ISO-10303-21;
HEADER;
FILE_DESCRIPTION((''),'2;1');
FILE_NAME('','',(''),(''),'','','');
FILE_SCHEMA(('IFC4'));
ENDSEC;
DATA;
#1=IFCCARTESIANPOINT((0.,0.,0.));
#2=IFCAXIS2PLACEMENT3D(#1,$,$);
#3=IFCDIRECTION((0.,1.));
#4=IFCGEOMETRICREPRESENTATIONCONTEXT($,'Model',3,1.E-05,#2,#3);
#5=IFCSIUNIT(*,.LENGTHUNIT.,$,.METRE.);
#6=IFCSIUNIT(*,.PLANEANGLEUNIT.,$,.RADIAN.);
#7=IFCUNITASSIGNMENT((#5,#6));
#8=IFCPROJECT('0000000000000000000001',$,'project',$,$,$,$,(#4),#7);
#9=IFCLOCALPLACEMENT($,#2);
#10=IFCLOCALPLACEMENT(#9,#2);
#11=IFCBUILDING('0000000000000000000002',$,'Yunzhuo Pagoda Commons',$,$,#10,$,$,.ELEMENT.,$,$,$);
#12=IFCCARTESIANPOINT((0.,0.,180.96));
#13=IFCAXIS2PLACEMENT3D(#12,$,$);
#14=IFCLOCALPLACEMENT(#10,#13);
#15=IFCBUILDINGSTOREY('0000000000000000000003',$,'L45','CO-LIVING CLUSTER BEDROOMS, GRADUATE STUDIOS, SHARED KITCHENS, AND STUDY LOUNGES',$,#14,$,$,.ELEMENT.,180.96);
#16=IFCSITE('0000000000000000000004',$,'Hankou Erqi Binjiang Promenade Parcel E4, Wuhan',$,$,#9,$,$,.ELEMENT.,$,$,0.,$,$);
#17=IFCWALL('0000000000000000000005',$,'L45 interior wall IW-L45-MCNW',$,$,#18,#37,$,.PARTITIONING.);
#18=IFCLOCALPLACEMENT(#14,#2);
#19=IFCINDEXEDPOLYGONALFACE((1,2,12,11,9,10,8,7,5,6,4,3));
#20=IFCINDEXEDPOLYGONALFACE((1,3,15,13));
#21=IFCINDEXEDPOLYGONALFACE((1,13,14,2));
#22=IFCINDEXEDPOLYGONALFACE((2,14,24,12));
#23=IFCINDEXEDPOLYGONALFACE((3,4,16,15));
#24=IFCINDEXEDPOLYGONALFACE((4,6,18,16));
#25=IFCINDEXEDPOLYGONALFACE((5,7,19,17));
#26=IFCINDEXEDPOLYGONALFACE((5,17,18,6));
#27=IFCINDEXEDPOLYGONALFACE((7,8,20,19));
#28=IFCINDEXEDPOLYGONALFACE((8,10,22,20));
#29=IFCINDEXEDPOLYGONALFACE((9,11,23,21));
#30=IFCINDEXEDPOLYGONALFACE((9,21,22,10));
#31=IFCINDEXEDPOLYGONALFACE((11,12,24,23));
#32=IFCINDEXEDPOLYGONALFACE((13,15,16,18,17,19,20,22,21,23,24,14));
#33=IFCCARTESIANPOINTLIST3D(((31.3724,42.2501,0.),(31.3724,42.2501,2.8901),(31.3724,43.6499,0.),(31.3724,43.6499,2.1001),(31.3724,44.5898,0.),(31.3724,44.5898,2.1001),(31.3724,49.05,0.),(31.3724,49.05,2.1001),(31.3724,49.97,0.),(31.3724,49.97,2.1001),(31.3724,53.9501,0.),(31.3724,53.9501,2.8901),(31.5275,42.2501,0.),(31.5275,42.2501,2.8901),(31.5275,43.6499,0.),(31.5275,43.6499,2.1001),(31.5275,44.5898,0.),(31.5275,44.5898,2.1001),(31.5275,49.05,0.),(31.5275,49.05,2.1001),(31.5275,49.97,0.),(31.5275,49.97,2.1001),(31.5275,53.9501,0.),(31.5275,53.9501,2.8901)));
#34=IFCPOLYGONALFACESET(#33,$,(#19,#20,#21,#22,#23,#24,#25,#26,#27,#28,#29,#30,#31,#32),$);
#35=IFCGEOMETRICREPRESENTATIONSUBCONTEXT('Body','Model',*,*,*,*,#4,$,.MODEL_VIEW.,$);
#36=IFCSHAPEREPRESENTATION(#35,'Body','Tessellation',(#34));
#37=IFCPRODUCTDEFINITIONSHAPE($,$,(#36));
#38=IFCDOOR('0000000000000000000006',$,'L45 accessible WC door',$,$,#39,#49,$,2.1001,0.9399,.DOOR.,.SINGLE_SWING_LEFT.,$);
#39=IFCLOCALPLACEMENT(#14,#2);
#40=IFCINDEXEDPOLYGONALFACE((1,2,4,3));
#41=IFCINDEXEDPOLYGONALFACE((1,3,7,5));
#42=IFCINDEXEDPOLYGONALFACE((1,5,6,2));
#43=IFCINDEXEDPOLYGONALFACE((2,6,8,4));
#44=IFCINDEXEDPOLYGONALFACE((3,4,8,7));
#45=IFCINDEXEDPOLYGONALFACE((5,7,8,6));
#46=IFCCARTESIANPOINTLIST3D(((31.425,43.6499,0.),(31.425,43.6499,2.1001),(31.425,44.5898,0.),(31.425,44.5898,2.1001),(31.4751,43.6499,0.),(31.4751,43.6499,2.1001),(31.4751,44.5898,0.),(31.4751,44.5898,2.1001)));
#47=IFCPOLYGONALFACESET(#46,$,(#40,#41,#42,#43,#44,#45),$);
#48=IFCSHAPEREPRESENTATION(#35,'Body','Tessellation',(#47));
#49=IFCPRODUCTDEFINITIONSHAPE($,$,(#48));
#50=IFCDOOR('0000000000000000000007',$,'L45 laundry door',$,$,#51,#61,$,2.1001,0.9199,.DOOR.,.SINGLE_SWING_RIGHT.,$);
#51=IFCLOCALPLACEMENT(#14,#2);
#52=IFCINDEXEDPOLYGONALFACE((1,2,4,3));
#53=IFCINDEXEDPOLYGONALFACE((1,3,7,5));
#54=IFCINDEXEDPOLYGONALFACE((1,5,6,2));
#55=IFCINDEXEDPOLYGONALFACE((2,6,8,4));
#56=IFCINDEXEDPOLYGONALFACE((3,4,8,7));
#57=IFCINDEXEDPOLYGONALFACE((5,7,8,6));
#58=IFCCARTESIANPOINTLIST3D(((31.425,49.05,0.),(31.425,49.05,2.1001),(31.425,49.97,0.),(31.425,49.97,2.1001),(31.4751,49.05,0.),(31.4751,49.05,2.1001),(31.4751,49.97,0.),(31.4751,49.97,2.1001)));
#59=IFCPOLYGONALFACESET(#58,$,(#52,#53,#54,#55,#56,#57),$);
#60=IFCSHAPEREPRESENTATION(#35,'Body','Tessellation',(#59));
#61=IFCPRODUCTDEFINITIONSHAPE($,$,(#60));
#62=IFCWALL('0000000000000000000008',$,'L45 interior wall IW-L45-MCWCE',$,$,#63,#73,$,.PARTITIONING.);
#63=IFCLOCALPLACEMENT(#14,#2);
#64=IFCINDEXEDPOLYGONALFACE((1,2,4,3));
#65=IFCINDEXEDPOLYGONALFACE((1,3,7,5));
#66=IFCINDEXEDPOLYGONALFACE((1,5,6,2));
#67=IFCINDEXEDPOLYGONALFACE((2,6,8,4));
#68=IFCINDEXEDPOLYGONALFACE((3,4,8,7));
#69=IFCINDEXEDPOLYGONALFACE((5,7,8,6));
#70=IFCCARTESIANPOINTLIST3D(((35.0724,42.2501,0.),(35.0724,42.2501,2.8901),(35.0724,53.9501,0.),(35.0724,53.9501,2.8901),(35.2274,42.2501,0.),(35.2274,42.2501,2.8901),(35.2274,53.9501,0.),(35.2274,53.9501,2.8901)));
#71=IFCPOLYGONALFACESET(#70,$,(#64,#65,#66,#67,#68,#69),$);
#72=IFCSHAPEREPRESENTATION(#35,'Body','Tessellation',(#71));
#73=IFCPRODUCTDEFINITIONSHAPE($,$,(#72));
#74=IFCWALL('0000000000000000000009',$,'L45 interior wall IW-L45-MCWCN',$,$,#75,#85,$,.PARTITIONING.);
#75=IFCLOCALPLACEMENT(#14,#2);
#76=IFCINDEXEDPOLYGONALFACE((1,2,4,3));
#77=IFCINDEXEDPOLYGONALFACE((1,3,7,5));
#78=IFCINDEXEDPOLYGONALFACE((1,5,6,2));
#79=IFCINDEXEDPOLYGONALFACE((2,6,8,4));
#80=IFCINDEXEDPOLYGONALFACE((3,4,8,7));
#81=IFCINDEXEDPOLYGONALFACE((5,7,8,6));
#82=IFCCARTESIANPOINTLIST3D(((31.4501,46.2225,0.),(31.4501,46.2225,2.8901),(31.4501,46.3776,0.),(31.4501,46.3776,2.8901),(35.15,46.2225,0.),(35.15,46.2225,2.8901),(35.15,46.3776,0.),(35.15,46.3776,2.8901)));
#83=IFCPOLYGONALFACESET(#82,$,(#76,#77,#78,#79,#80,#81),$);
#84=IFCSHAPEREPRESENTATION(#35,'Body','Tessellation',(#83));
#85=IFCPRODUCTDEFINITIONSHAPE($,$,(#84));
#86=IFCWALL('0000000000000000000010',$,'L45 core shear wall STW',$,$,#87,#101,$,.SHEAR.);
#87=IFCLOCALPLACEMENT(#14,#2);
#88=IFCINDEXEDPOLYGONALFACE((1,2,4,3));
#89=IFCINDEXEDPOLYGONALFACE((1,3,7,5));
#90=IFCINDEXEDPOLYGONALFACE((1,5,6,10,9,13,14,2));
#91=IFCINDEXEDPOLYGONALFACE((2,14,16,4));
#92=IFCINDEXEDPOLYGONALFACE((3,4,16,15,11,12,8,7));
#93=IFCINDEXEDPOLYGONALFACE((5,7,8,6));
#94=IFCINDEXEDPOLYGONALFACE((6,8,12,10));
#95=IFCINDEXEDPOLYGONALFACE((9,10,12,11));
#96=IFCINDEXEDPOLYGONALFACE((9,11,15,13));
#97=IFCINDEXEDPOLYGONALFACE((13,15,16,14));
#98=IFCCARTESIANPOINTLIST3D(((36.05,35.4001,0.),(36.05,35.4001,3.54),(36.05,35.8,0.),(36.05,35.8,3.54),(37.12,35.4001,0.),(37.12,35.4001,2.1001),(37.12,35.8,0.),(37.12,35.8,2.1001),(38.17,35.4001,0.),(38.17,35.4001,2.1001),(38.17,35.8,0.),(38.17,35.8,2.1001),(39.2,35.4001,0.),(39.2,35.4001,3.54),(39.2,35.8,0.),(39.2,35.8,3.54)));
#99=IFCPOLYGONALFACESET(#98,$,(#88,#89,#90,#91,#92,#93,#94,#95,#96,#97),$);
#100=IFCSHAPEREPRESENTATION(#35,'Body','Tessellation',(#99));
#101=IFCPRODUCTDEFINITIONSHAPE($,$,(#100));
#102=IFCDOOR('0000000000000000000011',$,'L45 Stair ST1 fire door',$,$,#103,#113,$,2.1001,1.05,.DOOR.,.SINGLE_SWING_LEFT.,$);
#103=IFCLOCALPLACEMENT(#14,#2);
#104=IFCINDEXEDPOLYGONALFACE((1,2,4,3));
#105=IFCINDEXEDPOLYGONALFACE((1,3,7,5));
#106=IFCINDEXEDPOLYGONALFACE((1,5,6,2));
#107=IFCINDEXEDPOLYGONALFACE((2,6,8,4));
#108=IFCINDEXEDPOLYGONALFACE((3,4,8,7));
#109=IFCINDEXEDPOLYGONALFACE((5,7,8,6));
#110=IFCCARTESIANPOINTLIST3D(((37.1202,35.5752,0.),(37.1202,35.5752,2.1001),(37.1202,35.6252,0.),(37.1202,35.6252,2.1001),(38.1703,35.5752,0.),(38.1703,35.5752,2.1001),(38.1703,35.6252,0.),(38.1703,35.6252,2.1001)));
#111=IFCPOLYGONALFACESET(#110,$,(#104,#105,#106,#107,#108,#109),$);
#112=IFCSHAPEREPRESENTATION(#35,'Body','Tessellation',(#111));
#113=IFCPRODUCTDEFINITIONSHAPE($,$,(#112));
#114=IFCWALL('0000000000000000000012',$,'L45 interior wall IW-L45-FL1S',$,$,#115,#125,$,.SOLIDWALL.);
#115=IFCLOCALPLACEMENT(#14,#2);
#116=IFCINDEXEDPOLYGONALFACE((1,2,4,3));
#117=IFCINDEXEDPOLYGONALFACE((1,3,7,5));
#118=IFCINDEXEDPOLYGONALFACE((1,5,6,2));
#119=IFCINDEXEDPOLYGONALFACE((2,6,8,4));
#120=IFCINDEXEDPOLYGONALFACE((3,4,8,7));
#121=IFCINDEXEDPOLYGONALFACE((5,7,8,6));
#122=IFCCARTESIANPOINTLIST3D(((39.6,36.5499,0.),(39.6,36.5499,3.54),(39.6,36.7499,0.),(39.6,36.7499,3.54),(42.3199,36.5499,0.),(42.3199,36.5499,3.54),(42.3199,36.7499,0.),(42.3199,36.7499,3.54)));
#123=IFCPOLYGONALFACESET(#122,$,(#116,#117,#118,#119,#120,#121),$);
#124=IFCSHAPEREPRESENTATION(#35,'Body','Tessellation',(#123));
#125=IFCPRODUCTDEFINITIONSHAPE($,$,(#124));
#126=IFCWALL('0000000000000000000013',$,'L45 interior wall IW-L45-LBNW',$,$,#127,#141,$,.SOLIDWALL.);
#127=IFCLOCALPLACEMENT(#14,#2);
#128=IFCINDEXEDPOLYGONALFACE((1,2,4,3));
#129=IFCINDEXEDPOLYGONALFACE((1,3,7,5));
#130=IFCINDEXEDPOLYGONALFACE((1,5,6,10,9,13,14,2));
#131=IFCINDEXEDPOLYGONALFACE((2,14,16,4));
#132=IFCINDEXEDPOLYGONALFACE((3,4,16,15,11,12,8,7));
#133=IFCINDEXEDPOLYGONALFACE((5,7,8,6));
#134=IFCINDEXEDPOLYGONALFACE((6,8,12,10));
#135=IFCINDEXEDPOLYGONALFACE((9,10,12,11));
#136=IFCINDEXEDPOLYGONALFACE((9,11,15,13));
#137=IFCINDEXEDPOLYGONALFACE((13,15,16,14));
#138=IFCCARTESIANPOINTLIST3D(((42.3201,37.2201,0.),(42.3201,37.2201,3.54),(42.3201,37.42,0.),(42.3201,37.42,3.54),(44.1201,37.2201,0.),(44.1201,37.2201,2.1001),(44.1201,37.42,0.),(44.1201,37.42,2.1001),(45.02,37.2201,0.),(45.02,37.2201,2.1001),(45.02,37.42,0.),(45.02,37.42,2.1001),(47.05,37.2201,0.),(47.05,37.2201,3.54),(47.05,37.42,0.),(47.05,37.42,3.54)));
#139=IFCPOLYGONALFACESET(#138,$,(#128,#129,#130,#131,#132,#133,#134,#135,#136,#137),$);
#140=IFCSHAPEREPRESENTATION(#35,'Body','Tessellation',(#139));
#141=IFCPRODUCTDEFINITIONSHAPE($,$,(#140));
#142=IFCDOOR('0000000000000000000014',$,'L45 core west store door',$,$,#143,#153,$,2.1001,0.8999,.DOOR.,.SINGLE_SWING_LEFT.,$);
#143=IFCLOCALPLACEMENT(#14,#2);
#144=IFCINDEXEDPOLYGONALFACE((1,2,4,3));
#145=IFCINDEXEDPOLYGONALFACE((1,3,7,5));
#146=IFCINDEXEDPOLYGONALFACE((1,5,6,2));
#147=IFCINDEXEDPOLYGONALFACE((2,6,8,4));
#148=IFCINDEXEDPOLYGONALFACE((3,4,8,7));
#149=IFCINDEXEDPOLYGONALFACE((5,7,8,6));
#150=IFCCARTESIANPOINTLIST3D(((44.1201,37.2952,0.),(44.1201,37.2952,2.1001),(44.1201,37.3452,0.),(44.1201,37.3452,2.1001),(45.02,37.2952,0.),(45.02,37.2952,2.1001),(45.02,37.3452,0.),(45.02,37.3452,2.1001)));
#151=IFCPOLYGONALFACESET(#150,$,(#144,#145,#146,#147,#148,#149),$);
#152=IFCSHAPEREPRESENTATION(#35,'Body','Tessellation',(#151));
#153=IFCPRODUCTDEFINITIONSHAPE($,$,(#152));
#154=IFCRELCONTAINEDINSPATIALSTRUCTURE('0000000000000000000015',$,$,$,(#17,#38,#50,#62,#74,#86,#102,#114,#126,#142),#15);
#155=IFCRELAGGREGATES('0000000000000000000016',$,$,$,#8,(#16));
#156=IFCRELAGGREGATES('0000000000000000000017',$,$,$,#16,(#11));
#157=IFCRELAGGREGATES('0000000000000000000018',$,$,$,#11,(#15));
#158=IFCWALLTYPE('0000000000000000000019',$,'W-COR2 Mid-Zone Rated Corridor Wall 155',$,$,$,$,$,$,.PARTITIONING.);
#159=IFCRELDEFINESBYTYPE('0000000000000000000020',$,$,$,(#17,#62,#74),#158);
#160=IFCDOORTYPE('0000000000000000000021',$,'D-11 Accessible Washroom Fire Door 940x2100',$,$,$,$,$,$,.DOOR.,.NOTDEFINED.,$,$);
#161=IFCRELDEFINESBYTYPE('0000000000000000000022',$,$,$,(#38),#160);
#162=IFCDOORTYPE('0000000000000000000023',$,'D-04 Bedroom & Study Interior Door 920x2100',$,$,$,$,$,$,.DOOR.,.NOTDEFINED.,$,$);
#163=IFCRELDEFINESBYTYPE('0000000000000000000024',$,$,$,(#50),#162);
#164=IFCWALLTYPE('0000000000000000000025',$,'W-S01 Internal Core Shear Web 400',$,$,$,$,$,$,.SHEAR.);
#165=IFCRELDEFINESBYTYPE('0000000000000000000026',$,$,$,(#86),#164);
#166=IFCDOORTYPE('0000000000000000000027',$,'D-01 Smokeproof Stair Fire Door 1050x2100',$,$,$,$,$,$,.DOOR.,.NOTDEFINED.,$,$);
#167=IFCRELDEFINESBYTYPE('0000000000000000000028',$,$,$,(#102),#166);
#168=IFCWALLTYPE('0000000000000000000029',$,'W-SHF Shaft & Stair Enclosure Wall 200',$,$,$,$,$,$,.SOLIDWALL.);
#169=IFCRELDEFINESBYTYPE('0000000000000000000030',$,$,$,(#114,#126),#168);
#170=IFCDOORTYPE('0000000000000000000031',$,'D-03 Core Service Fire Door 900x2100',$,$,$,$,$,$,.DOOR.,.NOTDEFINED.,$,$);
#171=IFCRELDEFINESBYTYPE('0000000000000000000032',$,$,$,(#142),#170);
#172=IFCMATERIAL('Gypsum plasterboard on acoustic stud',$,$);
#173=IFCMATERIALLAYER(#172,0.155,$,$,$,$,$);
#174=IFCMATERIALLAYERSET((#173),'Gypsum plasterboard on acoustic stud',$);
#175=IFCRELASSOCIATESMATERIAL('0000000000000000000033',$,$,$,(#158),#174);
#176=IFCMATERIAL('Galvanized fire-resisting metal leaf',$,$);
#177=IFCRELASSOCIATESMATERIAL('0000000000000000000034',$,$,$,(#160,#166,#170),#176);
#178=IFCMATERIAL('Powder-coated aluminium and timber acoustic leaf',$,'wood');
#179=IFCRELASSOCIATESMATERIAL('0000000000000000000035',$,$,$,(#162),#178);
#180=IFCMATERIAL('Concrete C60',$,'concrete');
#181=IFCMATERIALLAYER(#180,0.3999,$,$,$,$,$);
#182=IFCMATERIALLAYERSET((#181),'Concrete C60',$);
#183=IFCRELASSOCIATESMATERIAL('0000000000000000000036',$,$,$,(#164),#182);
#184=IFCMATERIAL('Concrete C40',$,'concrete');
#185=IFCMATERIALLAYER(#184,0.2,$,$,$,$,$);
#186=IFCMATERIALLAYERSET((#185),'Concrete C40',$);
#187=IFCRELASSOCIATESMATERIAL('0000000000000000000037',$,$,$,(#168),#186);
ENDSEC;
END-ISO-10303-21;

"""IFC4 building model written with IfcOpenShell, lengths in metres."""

from ifc_helpers import new_model, si_unit, direction, frame, frame_2d, origin, origin_with_axes, place, context, subcontext, project, spatial, rectangle, extrude, source, transform, mapped, material, layer, layer_set, type_object, element, fill, save


model = new_model("IFC4")

# Units and contexts
model_context = context("Model", 3, precision=1e-05, world=origin(), true_north=direction((0.0, 1.0)))
body_context = subcontext(model_context, "Body", "Model", "MODEL_VIEW")
ifc_project = project(units=[si_unit("LENGTHUNIT", "METRE"), si_unit("PLANEANGLEUNIT", "RADIAN")], contexts=[model_context])

# Site, building, storey
site_placement = place(None, origin())
site = spatial("IfcSite", under=ifc_project, at=site_placement, Name="Hankou Erqi Binjiang Promenade Parcel E4, Wuhan", CompositionType="ELEMENT", RefElevation=0.0)
building_placement = place(site_placement, origin())
building = spatial("IfcBuilding", under=site, at=building_placement, Name="Yunzhuo Pagoda Commons", CompositionType="ELEMENT")
storey_placement = place(building_placement, frame((0.0, 0.0, 180.96)))
storey = spatial("IfcBuildingStorey", under=building, at=storey_placement, Name="L45", Description="CO-LIVING CLUSTER BEDROOMS, GRADUATE STUDIOS, SHARED KITCHENS, AND STUDY LOUNGES", CompositionType="ELEMENT", Elevation=180.96)

# Shared definitions
ifc_material_1 = material(Name="Galvanized fire-resisting metal leaf")
shared_shape_1 = source(origin(), body_context, "Body", "SweptSolid", [
    extrude(rectangle(XDim=1.05, YDim=2.1001, at=frame_2d((0.5249, 1.05))), frame((0.0, 0.0249, 0.0), z_axis=(0.0, -1.0, 0.0), x_axis=(1.0, 0.0, 0.0)), (0.0, 0.0, 1.0), 0.05),
])

# Wall, openings, doors
ifc_material_2 = material(Name="Gypsum plasterboard on acoustic stud")
ifc_layer_1 = layer(ifc_material_2, 0.155)
ifc_layer_set_1 = layer_set([ifc_layer_1], Name="Gypsum plasterboard on acoustic stud")
wall_type_1 = type_object("IfcWallType", Name="W-COR2 Mid-Zone Rated Corridor Wall 155", PredefinedType="PARTITIONING", material=ifc_layer_set_1)
wall_1_placement = place(storey_placement, frame((31.45, 42.25, 0.0), z_axis=(0.0, 0.0, 1.0), x_axis=(0.0, 1.0, 0.0)))
wall_1 = element("IfcWall", 1, at=wall_1_placement, inside=storey, type_object=wall_type_1, Name="L45 interior wall IW-L45-MCNW", PredefinedType="PARTITIONING", context=body_context, shape_type="SweptSolid", body=[
    extrude(rectangle(XDim=11.7, YDim=0.155, at=frame_2d((5.8501, 0.0))), origin(), (0.0, 0.0, 1.0), 2.8901),
])
opening_1_placement = place(wall_1_placement, frame((1.3999, 0.0, 0.0)))
opening_1 = element("IfcOpeningElement", 2, at=opening_1_placement, cuts=wall_1, PredefinedType="OPENING", context=body_context, shape_type="SweptSolid", body=[
    extrude(rectangle(XDim=0.9399, YDim=2.1001, at=frame_2d((0.47, 1.05))), frame((0.0, 0.0874, 0.0), z_axis=(0.0, -1.0, 0.0), x_axis=(1.0, 0.0, 0.0)), (0.0, 0.0, 1.0), 0.175),
])
opening_2_placement = place(wall_1_placement, frame((6.8, 0.0, 0.0)))
opening_2 = element("IfcOpeningElement", 3, at=opening_2_placement, cuts=wall_1, PredefinedType="OPENING", context=body_context, shape_type="SweptSolid", body=[
    extrude(rectangle(XDim=0.9199, YDim=2.1001, at=frame_2d((0.46, 1.05))), frame((0.0, 0.0874, 0.0), z_axis=(0.0, -1.0, 0.0), x_axis=(1.0, 0.0, 0.0)), (0.0, 0.0, 1.0), 0.175),
])
door_type_1 = type_object("IfcDoorType", Name="D-11 Accessible Washroom Fire Door 940x2100", OperationType="NOTDEFINED", PredefinedType="DOOR", material=ifc_material_1)
shared_shape_2 = source(origin(), body_context, "Body", "SweptSolid", [
    extrude(rectangle(XDim=0.9399, YDim=2.1001, at=frame_2d((0.47, 1.05))), frame((0.0, 0.0249, 0.0), z_axis=(0.0, -1.0, 0.0), x_axis=(1.0, 0.0, 0.0)), (0.0, 0.0, 1.0), 0.05),
])
door_1_placement = place(opening_1_placement, origin_with_axes())
door_1 = element("IfcDoor", 4, at=door_1_placement, inside=storey, type_object=door_type_1, Name="L45 accessible WC door", OperationType="SINGLE_SWING_LEFT", OverallHeight=2.1001, OverallWidth=0.9399, PredefinedType="DOOR", context=body_context, shape_type="MappedRepresentation", body=[
    mapped(shared_shape_2, transform((0.0, 0.0, 0.0), scale=1.0)),
])
fill(opening_1, door_1)
ifc_material_3 = material(Name="Powder-coated aluminium and timber acoustic leaf", Category="wood")
door_type_2 = type_object("IfcDoorType", Name="D-04 Bedroom & Study Interior Door 920x2100", OperationType="NOTDEFINED", PredefinedType="DOOR", material=ifc_material_3)
shared_shape_3 = source(origin(), body_context, "Body", "SweptSolid", [
    extrude(rectangle(XDim=0.9199, YDim=2.1001, at=frame_2d((0.46, 1.05))), frame((0.0, 0.0249, 0.0), z_axis=(0.0, -1.0, 0.0), x_axis=(1.0, 0.0, 0.0)), (0.0, 0.0, 1.0), 0.05),
])
door_2_placement = place(opening_2_placement, origin_with_axes())
door_2 = element("IfcDoor", 5, at=door_2_placement, inside=storey, type_object=door_type_2, Name="L45 laundry door", OperationType="SINGLE_SWING_RIGHT", OverallHeight=2.1001, OverallWidth=0.9199, PredefinedType="DOOR", context=body_context, shape_type="MappedRepresentation", body=[
    mapped(shared_shape_3, transform((0.0, 0.0, 0.0), scale=1.0)),
])
fill(opening_2, door_2)

# Walls
wall_2_placement = place(storey_placement, frame((35.1499, 42.25, 0.0), z_axis=(0.0, 0.0, 1.0), x_axis=(0.0, 1.0, 0.0)))
element("IfcWall", 6, at=wall_2_placement, inside=storey, type_object=wall_type_1, Name="L45 interior wall IW-L45-MCWCE", PredefinedType="PARTITIONING", context=body_context, shape_type="SweptSolid", body=[
    extrude(rectangle(XDim=11.7, YDim=0.155, at=frame_2d((5.8501, 0.0))), origin(), (0.0, 0.0, 1.0), 2.8901),
])
wall_3_placement = place(storey_placement, frame((31.45, 46.3, 0.0), z_axis=(0.0, 0.0, 1.0), x_axis=(1.0, 0.0, 0.0)))
element("IfcWall", 7, at=wall_3_placement, inside=storey, type_object=wall_type_1, Name="L45 interior wall IW-L45-MCWCN", PredefinedType="PARTITIONING", context=body_context, shape_type="SweptSolid", body=[
    extrude(rectangle(XDim=3.7, YDim=0.155, at=frame_2d((1.8501, 0.0))), origin(), (0.0, 0.0, 1.0), 2.8901),
])

# Wall, opening, door
ifc_material_4 = material(Name="Concrete C60", Category="concrete")
ifc_layer_2 = layer(ifc_material_4, 0.3999)
ifc_layer_set_2 = layer_set([ifc_layer_2], Name="Concrete C60")
wall_type_2 = type_object("IfcWallType", Name="W-S01 Internal Core Shear Web 400", PredefinedType="SHEAR", material=ifc_layer_set_2)
wall_4_placement = place(storey_placement, frame((36.05, 35.6001, 0.0), z_axis=(0.0, 0.0, 1.0), x_axis=(1.0, 0.0, 0.0)))
wall_4 = element("IfcWall", 8, at=wall_4_placement, inside=storey, type_object=wall_type_2, Name="L45 core shear wall STW", PredefinedType="SHEAR", context=body_context, shape_type="SweptSolid", body=[
    extrude(rectangle(XDim=3.1499, YDim=0.3999, at=frame_2d((1.575, 0.0))), origin(), (0.0, 0.0, 1.0), 3.54),
])
opening_3_placement = place(wall_4_placement, frame((1.0701, 0.0, 0.0)))
opening_3 = element("IfcOpeningElement", 9, at=opening_3_placement, cuts=wall_4, PredefinedType="OPENING", context=body_context, shape_type="SweptSolid", body=[
    extrude(rectangle(XDim=1.05, YDim=2.1001, at=frame_2d((0.5249, 1.05))), frame((0.0, 0.21, 0.0), z_axis=(0.0, -1.0, 0.0), x_axis=(1.0, 0.0, 0.0)), (0.0, 0.0, 1.0), 0.4199),
])
door_type_3 = type_object("IfcDoorType", Name="D-01 Smokeproof Stair Fire Door 1050x2100", OperationType="NOTDEFINED", PredefinedType="DOOR", material=ifc_material_1)
door_3_placement = place(opening_3_placement, frame((1.05, 0.0, 0.0), z_axis=(0.0, 0.0, 1.0), x_axis=(-1.0, 0.0, 0.0)))
door_3 = element("IfcDoor", 10, at=door_3_placement, inside=storey, type_object=door_type_3, Name="L45 Stair ST1 fire door", OperationType="SINGLE_SWING_LEFT", OverallHeight=2.1001, OverallWidth=1.05, PredefinedType="DOOR", context=body_context, shape_type="MappedRepresentation", body=[
    mapped(shared_shape_1, transform((0.0, 0.0, 0.0), scale=1.0)),
])
fill(opening_3, door_3)

# Wall
ifc_material_5 = material(Name="Concrete C40", Category="concrete")
ifc_layer_3 = layer(ifc_material_5, 0.2)
ifc_layer_set_3 = layer_set([ifc_layer_3], Name="Concrete C40")
wall_type_3 = type_object("IfcWallType", Name="W-SHF Shaft & Stair Enclosure Wall 200", PredefinedType="SOLIDWALL", material=ifc_layer_set_3)
wall_5_placement = place(storey_placement, frame((39.6001, 36.6499, 0.0), z_axis=(0.0, 0.0, 1.0), x_axis=(1.0, 0.0, 0.0)))
element("IfcWall", 11, at=wall_5_placement, inside=storey, type_object=wall_type_3, Name="L45 interior wall IW-L45-FL1S", PredefinedType="SOLIDWALL", context=body_context, shape_type="SweptSolid", body=[
    extrude(rectangle(XDim=2.72, YDim=0.2, at=frame_2d((1.3599, 0.0))), origin(), (0.0, 0.0, 1.0), 3.54),
])

# Wall, opening, door
wall_6_placement = place(storey_placement, frame((42.3201, 37.3201, 0.0), z_axis=(0.0, 0.0, 1.0), x_axis=(1.0, 0.0, 0.0)))
wall_6 = element("IfcWall", 12, at=wall_6_placement, inside=storey, type_object=wall_type_3, Name="L45 interior wall IW-L45-LBNW", PredefinedType="SOLIDWALL", context=body_context, shape_type="SweptSolid", body=[
    extrude(rectangle(XDim=4.73, YDim=0.2, at=frame_2d((2.365, 0.0))), origin(), (0.0, 0.0, 1.0), 3.54),
])
opening_4_placement = place(wall_6_placement, frame((1.8, 0.0, 0.0)))
opening_4 = element("IfcOpeningElement", 13, at=opening_4_placement, cuts=wall_6, PredefinedType="OPENING", context=body_context, shape_type="SweptSolid", body=[
    extrude(rectangle(XDim=0.8999, YDim=2.1001, at=frame_2d((0.45, 1.05))), frame((0.0, 0.1099, 0.0), z_axis=(0.0, -1.0, 0.0), x_axis=(1.0, 0.0, 0.0)), (0.0, 0.0, 1.0), 0.22),
])
door_type_4 = type_object("IfcDoorType", Name="D-03 Core Service Fire Door 900x2100", OperationType="NOTDEFINED", PredefinedType="DOOR", material=ifc_material_1)
shared_shape_4 = source(origin(), body_context, "Body", "SweptSolid", [
    extrude(rectangle(XDim=0.8999, YDim=2.1001, at=frame_2d((0.45, 1.05))), frame((0.0, 0.0249, 0.0), z_axis=(0.0, -1.0, 0.0), x_axis=(1.0, 0.0, 0.0)), (0.0, 0.0, 1.0), 0.05),
])
door_4_placement = place(opening_4_placement, frame((0.8999, 0.0, 0.0), z_axis=(0.0, 0.0, 1.0), x_axis=(-1.0, 0.0, 0.0)))
door_4 = element("IfcDoor", 14, at=door_4_placement, inside=storey, type_object=door_type_4, Name="L45 core west store door", OperationType="SINGLE_SWING_LEFT", OverallHeight=2.1001, OverallWidth=0.8999, PredefinedType="DOOR", context=body_context, shape_type="MappedRepresentation", body=[
    mapped(shared_shape_4, transform((0.0, 0.0, 0.0), scale=1.0)),
])
fill(opening_4, door_4)

save(model, "model.ifc")
